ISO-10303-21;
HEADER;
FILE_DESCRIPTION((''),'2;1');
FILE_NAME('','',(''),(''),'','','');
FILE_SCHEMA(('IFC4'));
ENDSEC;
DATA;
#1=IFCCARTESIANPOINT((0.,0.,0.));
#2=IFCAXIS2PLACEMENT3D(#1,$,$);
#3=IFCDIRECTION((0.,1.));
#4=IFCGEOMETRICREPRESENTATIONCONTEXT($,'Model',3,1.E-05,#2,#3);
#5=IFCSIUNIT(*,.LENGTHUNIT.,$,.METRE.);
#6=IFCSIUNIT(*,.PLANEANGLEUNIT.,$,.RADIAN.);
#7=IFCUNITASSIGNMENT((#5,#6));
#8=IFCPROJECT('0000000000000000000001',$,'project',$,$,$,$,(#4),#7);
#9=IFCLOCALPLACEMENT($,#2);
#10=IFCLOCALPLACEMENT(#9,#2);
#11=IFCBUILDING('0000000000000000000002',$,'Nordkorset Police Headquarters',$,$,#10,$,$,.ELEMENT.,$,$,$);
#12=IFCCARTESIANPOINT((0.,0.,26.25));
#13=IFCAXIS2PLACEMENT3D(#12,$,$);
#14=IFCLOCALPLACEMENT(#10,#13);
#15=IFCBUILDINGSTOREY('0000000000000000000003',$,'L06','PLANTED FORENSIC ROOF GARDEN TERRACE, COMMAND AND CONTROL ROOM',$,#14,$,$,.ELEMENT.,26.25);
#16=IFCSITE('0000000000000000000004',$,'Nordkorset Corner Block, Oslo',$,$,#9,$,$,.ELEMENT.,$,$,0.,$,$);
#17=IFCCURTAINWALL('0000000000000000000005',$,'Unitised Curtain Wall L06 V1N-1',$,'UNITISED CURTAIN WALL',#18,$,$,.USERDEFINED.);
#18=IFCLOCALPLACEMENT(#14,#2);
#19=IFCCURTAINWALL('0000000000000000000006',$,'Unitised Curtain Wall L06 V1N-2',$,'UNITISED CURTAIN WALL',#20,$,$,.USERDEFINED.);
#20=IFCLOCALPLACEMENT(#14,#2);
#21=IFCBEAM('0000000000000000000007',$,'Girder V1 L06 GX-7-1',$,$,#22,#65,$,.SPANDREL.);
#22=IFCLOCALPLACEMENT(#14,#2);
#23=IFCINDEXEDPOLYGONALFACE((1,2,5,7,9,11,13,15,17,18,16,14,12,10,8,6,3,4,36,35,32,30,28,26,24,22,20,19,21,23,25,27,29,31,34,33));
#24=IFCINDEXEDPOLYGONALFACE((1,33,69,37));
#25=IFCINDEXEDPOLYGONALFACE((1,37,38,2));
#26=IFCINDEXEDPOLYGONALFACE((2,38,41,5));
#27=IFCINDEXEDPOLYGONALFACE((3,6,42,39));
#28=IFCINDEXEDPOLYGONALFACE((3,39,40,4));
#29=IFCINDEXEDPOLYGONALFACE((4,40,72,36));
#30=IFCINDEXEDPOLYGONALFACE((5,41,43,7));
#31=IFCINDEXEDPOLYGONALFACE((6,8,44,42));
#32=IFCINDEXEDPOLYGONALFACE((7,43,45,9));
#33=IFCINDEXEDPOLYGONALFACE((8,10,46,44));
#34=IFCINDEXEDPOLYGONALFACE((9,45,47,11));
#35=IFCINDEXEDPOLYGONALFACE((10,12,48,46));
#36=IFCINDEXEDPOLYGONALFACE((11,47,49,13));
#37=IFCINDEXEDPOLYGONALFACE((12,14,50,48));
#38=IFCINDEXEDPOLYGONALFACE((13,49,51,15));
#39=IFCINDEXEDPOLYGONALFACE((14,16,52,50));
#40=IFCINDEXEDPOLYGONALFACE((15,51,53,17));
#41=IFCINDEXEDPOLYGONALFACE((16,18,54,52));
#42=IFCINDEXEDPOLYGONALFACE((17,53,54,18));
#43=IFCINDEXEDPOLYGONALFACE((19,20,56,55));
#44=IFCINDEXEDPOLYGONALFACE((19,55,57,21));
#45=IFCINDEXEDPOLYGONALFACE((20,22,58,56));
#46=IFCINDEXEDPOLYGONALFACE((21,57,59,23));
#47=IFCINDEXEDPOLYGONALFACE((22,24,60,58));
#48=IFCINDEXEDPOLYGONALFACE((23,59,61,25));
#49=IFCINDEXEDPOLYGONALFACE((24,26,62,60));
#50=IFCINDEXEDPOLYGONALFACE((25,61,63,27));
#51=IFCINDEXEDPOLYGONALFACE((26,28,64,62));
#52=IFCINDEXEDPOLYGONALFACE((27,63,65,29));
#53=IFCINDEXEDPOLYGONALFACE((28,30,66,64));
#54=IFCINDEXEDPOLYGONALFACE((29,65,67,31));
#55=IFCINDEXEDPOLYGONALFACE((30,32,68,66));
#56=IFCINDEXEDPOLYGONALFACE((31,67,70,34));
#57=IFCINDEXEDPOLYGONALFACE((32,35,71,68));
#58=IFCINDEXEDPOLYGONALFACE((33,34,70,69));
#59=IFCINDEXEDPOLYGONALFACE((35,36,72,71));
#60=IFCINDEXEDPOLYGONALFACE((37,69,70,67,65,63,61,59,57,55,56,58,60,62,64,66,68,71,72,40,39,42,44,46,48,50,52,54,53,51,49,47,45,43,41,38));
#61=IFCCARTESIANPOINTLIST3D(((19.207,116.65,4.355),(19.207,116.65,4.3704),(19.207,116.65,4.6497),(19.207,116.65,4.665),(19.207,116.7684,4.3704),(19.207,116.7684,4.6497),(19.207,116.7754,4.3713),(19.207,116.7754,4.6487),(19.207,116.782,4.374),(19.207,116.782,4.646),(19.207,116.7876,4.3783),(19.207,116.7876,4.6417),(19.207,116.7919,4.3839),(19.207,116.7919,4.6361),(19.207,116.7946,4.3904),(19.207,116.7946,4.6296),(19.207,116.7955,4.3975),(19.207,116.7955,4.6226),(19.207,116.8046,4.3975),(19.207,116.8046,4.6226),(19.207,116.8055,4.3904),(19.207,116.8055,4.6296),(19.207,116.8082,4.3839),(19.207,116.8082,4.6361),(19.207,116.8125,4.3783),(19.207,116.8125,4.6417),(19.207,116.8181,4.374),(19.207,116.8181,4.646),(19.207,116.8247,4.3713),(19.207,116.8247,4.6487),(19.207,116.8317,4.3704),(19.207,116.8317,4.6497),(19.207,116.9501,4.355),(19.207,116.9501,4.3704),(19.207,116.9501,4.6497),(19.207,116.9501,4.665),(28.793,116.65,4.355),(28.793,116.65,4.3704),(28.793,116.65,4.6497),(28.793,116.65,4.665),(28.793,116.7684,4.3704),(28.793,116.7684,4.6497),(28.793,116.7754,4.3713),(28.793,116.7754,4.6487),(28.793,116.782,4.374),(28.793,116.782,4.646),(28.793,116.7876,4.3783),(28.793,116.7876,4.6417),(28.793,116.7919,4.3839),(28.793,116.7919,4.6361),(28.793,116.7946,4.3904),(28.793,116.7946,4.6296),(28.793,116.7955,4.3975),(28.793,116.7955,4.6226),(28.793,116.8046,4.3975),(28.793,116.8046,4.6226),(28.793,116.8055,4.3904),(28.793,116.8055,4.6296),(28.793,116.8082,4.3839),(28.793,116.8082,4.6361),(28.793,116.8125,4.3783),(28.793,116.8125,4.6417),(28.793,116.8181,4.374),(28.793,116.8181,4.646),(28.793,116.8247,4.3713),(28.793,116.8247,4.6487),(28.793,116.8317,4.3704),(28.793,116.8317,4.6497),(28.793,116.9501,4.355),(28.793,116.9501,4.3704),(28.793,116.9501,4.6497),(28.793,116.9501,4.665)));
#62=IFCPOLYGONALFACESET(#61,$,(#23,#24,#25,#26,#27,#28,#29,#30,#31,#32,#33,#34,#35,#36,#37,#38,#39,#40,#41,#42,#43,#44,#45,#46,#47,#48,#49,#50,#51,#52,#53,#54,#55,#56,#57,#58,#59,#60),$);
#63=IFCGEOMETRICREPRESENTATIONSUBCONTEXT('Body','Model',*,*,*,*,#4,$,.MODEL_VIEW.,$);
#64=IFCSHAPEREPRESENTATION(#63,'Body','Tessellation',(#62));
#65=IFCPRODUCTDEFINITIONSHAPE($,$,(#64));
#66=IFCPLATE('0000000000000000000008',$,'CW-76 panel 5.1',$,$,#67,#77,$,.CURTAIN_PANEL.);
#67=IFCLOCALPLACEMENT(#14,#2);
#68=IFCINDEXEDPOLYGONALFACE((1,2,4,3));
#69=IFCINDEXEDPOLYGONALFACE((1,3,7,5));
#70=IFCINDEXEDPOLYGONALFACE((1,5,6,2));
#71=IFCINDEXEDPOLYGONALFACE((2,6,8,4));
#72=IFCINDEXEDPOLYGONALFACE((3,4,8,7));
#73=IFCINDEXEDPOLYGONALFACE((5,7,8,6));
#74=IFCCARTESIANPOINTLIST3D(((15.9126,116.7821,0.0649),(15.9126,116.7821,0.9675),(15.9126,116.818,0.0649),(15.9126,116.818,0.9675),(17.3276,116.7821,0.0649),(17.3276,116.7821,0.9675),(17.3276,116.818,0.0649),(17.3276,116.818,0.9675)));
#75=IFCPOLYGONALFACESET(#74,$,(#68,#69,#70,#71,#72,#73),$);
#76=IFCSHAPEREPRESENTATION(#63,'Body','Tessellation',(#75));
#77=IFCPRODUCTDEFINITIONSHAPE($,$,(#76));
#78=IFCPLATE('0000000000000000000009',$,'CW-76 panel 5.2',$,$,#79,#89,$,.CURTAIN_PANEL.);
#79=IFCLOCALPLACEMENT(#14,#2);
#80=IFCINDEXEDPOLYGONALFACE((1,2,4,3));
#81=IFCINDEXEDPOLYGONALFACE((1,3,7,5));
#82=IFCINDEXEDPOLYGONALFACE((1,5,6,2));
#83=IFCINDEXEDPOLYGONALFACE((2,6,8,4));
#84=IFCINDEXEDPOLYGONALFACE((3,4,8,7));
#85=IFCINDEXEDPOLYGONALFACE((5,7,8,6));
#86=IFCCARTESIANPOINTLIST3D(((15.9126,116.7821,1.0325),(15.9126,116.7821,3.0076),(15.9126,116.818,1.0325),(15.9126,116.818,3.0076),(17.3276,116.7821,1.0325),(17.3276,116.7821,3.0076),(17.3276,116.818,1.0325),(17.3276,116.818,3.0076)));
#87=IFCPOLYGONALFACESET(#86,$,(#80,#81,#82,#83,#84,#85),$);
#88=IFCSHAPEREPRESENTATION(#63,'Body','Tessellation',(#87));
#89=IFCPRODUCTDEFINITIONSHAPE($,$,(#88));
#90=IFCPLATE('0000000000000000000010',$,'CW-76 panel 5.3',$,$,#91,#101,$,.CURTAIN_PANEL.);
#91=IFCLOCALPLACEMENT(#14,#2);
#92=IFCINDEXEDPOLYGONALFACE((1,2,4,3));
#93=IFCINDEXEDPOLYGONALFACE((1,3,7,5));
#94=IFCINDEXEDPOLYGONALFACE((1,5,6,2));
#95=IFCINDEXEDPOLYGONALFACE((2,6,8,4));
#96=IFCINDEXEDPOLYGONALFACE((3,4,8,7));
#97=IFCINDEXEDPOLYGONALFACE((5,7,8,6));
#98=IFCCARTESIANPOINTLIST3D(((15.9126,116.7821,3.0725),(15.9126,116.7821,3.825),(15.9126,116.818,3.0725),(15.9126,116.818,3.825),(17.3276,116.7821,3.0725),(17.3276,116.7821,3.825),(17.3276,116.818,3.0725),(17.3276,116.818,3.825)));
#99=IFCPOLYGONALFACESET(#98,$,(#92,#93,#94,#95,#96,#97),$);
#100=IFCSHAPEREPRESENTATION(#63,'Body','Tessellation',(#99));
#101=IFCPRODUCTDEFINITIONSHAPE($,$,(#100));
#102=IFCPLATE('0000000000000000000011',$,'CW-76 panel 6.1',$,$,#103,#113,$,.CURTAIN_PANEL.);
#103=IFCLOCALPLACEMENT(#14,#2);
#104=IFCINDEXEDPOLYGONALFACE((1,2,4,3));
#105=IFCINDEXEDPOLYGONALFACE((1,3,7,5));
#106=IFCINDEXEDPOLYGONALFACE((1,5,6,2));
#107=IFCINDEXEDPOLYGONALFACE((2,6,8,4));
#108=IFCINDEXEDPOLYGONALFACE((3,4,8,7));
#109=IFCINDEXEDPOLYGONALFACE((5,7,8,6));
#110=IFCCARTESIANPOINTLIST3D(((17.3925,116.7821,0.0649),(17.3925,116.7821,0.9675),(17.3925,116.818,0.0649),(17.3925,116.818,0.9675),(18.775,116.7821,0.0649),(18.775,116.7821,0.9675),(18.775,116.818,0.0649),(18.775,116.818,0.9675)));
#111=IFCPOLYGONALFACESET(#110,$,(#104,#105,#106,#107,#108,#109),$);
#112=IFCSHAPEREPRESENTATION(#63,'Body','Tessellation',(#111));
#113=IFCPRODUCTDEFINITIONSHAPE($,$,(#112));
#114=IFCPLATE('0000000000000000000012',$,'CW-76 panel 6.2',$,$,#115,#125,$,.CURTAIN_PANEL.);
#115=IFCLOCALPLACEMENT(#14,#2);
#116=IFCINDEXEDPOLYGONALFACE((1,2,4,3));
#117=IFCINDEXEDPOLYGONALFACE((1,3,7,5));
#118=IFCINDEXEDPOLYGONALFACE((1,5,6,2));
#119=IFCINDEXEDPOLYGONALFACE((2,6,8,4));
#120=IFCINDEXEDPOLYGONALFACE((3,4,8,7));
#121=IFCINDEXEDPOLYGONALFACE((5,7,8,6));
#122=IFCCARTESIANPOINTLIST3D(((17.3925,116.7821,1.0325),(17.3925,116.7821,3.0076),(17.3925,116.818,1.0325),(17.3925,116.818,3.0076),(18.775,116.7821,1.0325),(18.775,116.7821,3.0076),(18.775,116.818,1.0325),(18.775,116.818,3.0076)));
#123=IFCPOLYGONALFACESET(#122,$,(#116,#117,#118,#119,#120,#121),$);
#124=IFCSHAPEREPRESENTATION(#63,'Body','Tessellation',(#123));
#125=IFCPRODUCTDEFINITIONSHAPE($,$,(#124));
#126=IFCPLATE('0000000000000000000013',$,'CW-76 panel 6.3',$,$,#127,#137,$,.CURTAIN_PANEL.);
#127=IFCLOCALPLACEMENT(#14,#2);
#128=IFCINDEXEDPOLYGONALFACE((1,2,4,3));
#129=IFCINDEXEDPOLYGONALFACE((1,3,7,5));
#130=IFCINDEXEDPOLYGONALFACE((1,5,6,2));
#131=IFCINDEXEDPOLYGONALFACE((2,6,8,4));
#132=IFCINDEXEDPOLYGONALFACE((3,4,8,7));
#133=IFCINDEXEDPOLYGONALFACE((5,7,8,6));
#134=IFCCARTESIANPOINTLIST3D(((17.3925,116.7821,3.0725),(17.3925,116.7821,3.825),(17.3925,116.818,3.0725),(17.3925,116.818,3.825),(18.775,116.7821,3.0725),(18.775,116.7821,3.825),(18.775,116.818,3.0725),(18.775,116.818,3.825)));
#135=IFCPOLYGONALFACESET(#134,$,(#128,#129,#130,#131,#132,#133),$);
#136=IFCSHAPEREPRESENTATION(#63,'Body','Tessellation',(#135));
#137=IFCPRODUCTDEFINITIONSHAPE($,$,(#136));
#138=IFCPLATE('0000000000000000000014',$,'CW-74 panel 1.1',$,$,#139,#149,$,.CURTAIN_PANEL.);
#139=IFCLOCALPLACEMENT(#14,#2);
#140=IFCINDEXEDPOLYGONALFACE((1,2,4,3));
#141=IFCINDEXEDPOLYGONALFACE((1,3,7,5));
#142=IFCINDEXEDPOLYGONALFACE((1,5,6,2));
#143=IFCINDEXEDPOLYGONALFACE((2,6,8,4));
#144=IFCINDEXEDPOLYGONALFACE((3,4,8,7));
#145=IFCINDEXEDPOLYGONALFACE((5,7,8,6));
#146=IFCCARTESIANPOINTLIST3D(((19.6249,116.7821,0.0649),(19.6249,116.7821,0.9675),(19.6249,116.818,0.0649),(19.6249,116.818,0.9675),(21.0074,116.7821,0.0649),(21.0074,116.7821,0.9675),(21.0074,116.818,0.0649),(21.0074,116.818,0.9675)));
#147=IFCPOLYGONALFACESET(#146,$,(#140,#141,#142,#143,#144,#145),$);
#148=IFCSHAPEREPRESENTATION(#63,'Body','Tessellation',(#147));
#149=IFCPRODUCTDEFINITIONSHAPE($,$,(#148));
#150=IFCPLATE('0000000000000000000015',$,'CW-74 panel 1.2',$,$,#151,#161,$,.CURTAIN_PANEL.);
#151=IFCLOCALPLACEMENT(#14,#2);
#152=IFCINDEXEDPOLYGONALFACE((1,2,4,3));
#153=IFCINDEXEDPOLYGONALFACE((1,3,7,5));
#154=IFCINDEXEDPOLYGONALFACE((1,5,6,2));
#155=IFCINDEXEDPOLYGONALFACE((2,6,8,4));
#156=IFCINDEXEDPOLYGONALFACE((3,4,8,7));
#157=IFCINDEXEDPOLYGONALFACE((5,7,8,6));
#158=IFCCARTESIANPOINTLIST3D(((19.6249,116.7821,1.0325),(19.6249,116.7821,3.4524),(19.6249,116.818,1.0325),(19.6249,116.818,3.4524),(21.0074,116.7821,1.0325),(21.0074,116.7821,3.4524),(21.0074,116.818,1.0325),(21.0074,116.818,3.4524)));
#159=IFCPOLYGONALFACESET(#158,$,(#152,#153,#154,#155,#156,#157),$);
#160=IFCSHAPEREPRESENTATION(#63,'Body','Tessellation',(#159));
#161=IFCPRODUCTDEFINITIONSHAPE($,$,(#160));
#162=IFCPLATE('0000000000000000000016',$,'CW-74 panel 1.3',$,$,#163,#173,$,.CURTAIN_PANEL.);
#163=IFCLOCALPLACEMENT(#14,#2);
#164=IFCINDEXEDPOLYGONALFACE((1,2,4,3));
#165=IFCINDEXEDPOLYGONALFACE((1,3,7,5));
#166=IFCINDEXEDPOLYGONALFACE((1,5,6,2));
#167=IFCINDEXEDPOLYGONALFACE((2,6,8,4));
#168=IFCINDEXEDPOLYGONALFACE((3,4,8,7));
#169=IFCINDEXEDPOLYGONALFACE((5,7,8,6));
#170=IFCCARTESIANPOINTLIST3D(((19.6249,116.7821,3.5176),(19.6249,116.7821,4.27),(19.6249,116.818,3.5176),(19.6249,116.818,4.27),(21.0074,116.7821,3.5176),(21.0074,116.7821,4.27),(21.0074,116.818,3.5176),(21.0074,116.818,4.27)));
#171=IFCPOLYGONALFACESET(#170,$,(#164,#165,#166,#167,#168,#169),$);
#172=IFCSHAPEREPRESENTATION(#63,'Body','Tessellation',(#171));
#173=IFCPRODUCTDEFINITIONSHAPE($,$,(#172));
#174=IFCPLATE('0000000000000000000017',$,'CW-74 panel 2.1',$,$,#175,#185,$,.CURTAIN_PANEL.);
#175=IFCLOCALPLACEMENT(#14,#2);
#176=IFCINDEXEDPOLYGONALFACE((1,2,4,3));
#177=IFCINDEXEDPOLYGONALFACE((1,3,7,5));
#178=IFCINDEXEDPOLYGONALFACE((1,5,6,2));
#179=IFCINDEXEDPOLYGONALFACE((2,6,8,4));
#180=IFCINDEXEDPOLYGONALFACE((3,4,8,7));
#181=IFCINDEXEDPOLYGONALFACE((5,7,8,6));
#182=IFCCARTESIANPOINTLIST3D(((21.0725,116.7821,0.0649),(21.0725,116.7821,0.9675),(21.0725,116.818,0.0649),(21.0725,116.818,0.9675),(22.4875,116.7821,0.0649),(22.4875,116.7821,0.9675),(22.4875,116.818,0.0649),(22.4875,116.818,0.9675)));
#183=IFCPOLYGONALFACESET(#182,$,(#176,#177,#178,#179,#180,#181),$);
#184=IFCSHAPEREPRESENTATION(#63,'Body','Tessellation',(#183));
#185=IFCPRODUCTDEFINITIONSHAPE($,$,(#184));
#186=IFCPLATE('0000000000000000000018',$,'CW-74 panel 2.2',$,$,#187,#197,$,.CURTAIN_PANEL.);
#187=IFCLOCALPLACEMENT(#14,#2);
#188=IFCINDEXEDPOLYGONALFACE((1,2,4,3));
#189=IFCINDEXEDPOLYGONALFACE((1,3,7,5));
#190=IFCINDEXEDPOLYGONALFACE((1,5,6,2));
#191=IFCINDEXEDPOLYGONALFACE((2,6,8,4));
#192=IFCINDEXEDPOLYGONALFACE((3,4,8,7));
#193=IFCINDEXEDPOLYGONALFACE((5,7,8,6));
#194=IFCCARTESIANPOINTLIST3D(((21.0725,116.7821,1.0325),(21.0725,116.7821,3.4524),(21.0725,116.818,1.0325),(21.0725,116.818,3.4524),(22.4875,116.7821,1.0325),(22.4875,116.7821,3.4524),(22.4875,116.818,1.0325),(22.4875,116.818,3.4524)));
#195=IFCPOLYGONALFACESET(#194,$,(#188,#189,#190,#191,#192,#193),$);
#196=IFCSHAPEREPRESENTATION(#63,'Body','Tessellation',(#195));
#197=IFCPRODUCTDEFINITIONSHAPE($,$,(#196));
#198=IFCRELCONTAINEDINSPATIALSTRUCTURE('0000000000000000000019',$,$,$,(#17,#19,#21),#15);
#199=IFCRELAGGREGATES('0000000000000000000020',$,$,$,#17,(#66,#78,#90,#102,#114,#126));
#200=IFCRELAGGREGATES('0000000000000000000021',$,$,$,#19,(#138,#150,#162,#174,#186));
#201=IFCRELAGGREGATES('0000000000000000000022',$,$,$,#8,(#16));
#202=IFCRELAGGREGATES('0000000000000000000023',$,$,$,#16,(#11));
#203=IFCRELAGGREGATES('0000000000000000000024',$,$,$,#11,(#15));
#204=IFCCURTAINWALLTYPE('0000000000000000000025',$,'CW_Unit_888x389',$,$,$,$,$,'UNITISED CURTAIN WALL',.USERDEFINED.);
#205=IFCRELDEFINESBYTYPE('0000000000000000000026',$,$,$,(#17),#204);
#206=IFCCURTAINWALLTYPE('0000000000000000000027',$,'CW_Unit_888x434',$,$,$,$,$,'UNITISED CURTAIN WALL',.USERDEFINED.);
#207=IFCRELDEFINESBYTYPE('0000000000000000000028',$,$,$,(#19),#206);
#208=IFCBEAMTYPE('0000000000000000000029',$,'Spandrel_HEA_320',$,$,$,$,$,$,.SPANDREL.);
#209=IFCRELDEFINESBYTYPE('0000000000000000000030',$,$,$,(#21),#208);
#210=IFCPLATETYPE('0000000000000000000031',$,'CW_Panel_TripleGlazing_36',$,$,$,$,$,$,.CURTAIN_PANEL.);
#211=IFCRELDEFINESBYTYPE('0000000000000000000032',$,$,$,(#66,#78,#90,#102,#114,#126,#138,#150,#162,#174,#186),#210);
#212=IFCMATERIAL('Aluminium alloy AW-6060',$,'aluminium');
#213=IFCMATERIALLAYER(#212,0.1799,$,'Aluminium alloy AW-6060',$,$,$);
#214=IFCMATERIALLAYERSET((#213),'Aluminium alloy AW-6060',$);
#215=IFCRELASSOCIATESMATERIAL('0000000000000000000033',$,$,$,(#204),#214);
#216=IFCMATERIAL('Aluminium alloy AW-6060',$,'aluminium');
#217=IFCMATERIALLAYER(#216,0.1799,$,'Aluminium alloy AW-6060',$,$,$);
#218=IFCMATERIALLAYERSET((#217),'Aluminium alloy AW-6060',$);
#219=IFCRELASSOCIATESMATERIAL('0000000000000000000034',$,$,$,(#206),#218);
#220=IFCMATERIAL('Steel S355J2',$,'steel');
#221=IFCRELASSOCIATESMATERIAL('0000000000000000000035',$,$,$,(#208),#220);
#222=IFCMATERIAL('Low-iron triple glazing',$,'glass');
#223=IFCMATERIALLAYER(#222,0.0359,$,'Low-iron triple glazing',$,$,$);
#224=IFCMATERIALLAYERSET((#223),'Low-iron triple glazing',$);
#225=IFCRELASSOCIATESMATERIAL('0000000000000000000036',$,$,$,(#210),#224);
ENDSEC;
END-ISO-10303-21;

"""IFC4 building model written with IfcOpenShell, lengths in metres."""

from ifc_helpers import new_model, si_unit, direction, frame, origin, origin_2d, place, context, subcontext, project, spatial, rectangle, i_section, extrude, material, layer, layer_set, material_profile, profile_set, type_object, element, aggregate, save


model = new_model("IFC4")

# Units and contexts
model_context = context("Model", 3, precision=1e-05, world=origin(), true_north=direction((0.0, 1.0)))
body_context = subcontext(model_context, "Body", "Model", "MODEL_VIEW")
ifc_project = project(units=[si_unit("LENGTHUNIT", "METRE"), si_unit("PLANEANGLEUNIT", "RADIAN")], contexts=[model_context])

# Site, building, storey
site_placement = place(None, origin())
site = spatial("IfcSite", under=ifc_project, at=site_placement, Name="Nordkorset Corner Block, Oslo", CompositionType="ELEMENT", RefElevation=0.0)
building_placement = place(site_placement, origin())
building = spatial("IfcBuilding", under=site, at=building_placement, Name="Nordkorset Police Headquarters", CompositionType="ELEMENT")
storey_placement = place(building_placement, frame((0.0, 0.0, 26.25)))
storey = spatial("IfcBuildingStorey", under=building, at=storey_placement, Name="L06", Description="PLANTED FORENSIC ROOF GARDEN TERRACE, COMMAND AND CONTROL ROOM", CompositionType="ELEMENT", Elevation=26.25)

# Curtain walls
ifc_material_1 = material(Name="Aluminium alloy AW-6060", Category="aluminium")
ifc_layer_1 = layer(ifc_material_1, 0.1799, Name="Aluminium alloy AW-6060")
ifc_layer_set_1 = layer_set([ifc_layer_1], Name="Aluminium alloy AW-6060")
curtain_wall_type_1 = type_object("IfcCurtainWallType", Name="CW_Unit_888x389", ElementType="UNITISED CURTAIN WALL", PredefinedType="USERDEFINED", material=ifc_layer_set_1)
curtain_wall_1_placement = place(storey_placement, origin())
curtain_wall_1 = element("IfcCurtainWall", 1, at=curtain_wall_1_placement, inside=storey, type_object=curtain_wall_type_1, Name="Unitised Curtain Wall L06 V1N-1", ObjectType="UNITISED CURTAIN WALL", PredefinedType="USERDEFINED")
ifc_material_2 = material(Name="Aluminium alloy AW-6060", Category="aluminium")
ifc_layer_2 = layer(ifc_material_2, 0.1799, Name="Aluminium alloy AW-6060")
ifc_layer_set_2 = layer_set([ifc_layer_2], Name="Aluminium alloy AW-6060")
curtain_wall_type_2 = type_object("IfcCurtainWallType", Name="CW_Unit_888x434", ElementType="UNITISED CURTAIN WALL", PredefinedType="USERDEFINED", material=ifc_layer_set_2)
curtain_wall_2_placement = place(storey_placement, origin())
curtain_wall_2 = element("IfcCurtainWall", 2, at=curtain_wall_2_placement, inside=storey, type_object=curtain_wall_type_2, Name="Unitised Curtain Wall L06 V1N-2", ObjectType="UNITISED CURTAIN WALL", PredefinedType="USERDEFINED")

# Beam
ifc_material_3 = material(Name="Steel S355J2", Category="steel")
ifc_material_profile_1 = material_profile(ifc_material_3, i_section(OverallWidth=0.3, OverallDepth=0.3101, WebThickness=0.009, FlangeThickness=0.0154, FilletRadius=0.0271, at=origin_2d()), Name="HEA 320")
ifc_profile_set_1 = profile_set([ifc_material_profile_1], Name="Steel S355J2")
beam_type = type_object("IfcBeamType", Name="Spandrel_HEA_320", PredefinedType="SPANDREL", material=ifc_profile_set_1)
beam_placement = place(storey_placement, frame((19.207, 116.8, 4.51), z_axis=(1.0, 0.0, 0.0), x_axis=(0.0, 1.0, 0.0)))
element("IfcBeam", 3, at=beam_placement, inside=storey, type_object=beam_type, Name="Girder V1 L06 GX-7-1", PredefinedType="SPANDREL", context=body_context, shape_type="SweptSolid", body=[
    extrude(i_section(OverallWidth=0.3, OverallDepth=0.3101, WebThickness=0.009, FlangeThickness=0.0154, FilletRadius=0.0271, at=origin_2d()), origin(), (0.0, 0.0, 1.0), 9.5859),
])

# Plates
ifc_material_4 = material(Name="Low-iron triple glazing", Category="glass")
ifc_layer_3 = layer(ifc_material_4, 0.0359, Name="Low-iron triple glazing")
ifc_layer_set_3 = layer_set([ifc_layer_3], Name="Low-iron triple glazing")
plate_type = type_object("IfcPlateType", Name="CW_Panel_TripleGlazing_36", PredefinedType="CURTAIN_PANEL", material=ifc_layer_set_3)
plate_1_placement = place(storey_placement, frame((16.6201, 116.8, 0.0649), z_axis=(0.0, 0.0, 1.0), x_axis=(1.0, 0.0, 0.0)))
plate_1 = element("IfcPlate", 4, at=plate_1_placement, type_object=plate_type, Name="CW-76 panel 5.1", PredefinedType="CURTAIN_PANEL", context=body_context, shape_type="SweptSolid", body=[
    extrude(rectangle(XDim=1.415, YDim=0.0359, at=origin_2d()), origin(), (0.0, 0.0, 1.0), 0.9026),
])
plate_2_placement = place(storey_placement, frame((16.6201, 116.8, 1.0325), z_axis=(0.0, 0.0, 1.0), x_axis=(1.0, 0.0, 0.0)))
plate_2 = element("IfcPlate", 5, at=plate_2_placement, type_object=plate_type, Name="CW-76 panel 5.2", PredefinedType="CURTAIN_PANEL", context=body_context, shape_type="SweptSolid", body=[
    extrude(rectangle(XDim=1.415, YDim=0.0359, at=origin_2d()), origin(), (0.0, 0.0, 1.0), 1.9751),
])
plate_3_placement = place(storey_placement, frame((16.6201, 116.8, 3.0725), z_axis=(0.0, 0.0, 1.0), x_axis=(1.0, 0.0, 0.0)))
plate_3 = element("IfcPlate", 6, at=plate_3_placement, type_object=plate_type, Name="CW-76 panel 5.3", PredefinedType="CURTAIN_PANEL", context=body_context, shape_type="SweptSolid", body=[
    extrude(rectangle(XDim=1.415, YDim=0.0359, at=origin_2d()), origin(), (0.0, 0.0, 1.0), 0.7524),
])
plate_4_placement = place(storey_placement, frame((18.0837, 116.8, 0.0649), z_axis=(0.0, 0.0, 1.0), x_axis=(1.0, 0.0, 0.0)))
plate_4 = element("IfcPlate", 7, at=plate_4_placement, type_object=plate_type, Name="CW-76 panel 6.1", PredefinedType="CURTAIN_PANEL", context=body_context, shape_type="SweptSolid", body=[
    extrude(rectangle(XDim=1.3826, YDim=0.0359, at=origin_2d()), origin(), (0.0, 0.0, 1.0), 0.9026),
])
plate_5_placement = place(storey_placement, frame((18.0837, 116.8, 1.0325), z_axis=(0.0, 0.0, 1.0), x_axis=(1.0, 0.0, 0.0)))
plate_5 = element("IfcPlate", 8, at=plate_5_placement, type_object=plate_type, Name="CW-76 panel 6.2", PredefinedType="CURTAIN_PANEL", context=body_context, shape_type="SweptSolid", body=[
    extrude(rectangle(XDim=1.3826, YDim=0.0359, at=origin_2d()), origin(), (0.0, 0.0, 1.0), 1.9751),
])
plate_6_placement = place(storey_placement, frame((18.0837, 116.8, 3.0725), z_axis=(0.0, 0.0, 1.0), x_axis=(1.0, 0.0, 0.0)))
plate_6 = element("IfcPlate", 9, at=plate_6_placement, type_object=plate_type, Name="CW-76 panel 6.3", PredefinedType="CURTAIN_PANEL", context=body_context, shape_type="SweptSolid", body=[
    extrude(rectangle(XDim=1.3826, YDim=0.0359, at=origin_2d()), origin(), (0.0, 0.0, 1.0), 0.7524),
])
aggregate(curtain_wall_1, [plate_1, plate_2, plate_3, plate_4, plate_5, plate_6])
plate_7_placement = place(storey_placement, frame((20.3162, 116.8, 0.0649), z_axis=(0.0, 0.0, 1.0), x_axis=(1.0, 0.0, 0.0)))
plate_7 = element("IfcPlate", 10, at=plate_7_placement, type_object=plate_type, Name="CW-74 panel 1.1", PredefinedType="CURTAIN_PANEL", context=body_context, shape_type="SweptSolid", body=[
    extrude(rectangle(XDim=1.3826, YDim=0.0359, at=origin_2d()), origin(), (0.0, 0.0, 1.0), 0.9026),
])
plate_8_placement = place(storey_placement, frame((20.3162, 116.8, 1.0325), z_axis=(0.0, 0.0, 1.0), x_axis=(1.0, 0.0, 0.0)))
plate_8 = element("IfcPlate", 11, at=plate_8_placement, type_object=plate_type, Name="CW-74 panel 1.2", PredefinedType="CURTAIN_PANEL", context=body_context, shape_type="SweptSolid", body=[
    extrude(rectangle(XDim=1.3826, YDim=0.0359, at=origin_2d()), origin(), (0.0, 0.0, 1.0), 2.4199),
])
plate_9_placement = place(storey_placement, frame((20.3162, 116.8, 3.5176), z_axis=(0.0, 0.0, 1.0), x_axis=(1.0, 0.0, 0.0)))
plate_9 = element("IfcPlate", 12, at=plate_9_placement, type_object=plate_type, Name="CW-74 panel 1.3", PredefinedType="CURTAIN_PANEL", context=body_context, shape_type="SweptSolid", body=[
    extrude(rectangle(XDim=1.3826, YDim=0.0359, at=origin_2d()), origin(), (0.0, 0.0, 1.0), 0.7524),
])
plate_10_placement = place(storey_placement, frame((21.78, 116.8, 0.0649), z_axis=(0.0, 0.0, 1.0), x_axis=(1.0, 0.0, 0.0)))
plate_10 = element("IfcPlate", 13, at=plate_10_placement, type_object=plate_type, Name="CW-74 panel 2.1", PredefinedType="CURTAIN_PANEL", context=body_context, shape_type="SweptSolid", body=[
    extrude(rectangle(XDim=1.415, YDim=0.0359, at=origin_2d()), origin(), (0.0, 0.0, 1.0), 0.9026),
])
plate_11_placement = place(storey_placement, frame((21.78, 116.8, 1.0325), z_axis=(0.0, 0.0, 1.0), x_axis=(1.0, 0.0, 0.0)))
plate_11 = element("IfcPlate", 14, at=plate_11_placement, type_object=plate_type, Name="CW-74 panel 2.2", PredefinedType="CURTAIN_PANEL", context=body_context, shape_type="SweptSolid", body=[
    extrude(rectangle(XDim=1.415, YDim=0.0359, at=origin_2d()), origin(), (0.0, 0.0, 1.0), 2.4199),
])
aggregate(curtain_wall_2, [plate_7, plate_8, plate_9, plate_10, plate_11])

save(model, "model.ifc")
